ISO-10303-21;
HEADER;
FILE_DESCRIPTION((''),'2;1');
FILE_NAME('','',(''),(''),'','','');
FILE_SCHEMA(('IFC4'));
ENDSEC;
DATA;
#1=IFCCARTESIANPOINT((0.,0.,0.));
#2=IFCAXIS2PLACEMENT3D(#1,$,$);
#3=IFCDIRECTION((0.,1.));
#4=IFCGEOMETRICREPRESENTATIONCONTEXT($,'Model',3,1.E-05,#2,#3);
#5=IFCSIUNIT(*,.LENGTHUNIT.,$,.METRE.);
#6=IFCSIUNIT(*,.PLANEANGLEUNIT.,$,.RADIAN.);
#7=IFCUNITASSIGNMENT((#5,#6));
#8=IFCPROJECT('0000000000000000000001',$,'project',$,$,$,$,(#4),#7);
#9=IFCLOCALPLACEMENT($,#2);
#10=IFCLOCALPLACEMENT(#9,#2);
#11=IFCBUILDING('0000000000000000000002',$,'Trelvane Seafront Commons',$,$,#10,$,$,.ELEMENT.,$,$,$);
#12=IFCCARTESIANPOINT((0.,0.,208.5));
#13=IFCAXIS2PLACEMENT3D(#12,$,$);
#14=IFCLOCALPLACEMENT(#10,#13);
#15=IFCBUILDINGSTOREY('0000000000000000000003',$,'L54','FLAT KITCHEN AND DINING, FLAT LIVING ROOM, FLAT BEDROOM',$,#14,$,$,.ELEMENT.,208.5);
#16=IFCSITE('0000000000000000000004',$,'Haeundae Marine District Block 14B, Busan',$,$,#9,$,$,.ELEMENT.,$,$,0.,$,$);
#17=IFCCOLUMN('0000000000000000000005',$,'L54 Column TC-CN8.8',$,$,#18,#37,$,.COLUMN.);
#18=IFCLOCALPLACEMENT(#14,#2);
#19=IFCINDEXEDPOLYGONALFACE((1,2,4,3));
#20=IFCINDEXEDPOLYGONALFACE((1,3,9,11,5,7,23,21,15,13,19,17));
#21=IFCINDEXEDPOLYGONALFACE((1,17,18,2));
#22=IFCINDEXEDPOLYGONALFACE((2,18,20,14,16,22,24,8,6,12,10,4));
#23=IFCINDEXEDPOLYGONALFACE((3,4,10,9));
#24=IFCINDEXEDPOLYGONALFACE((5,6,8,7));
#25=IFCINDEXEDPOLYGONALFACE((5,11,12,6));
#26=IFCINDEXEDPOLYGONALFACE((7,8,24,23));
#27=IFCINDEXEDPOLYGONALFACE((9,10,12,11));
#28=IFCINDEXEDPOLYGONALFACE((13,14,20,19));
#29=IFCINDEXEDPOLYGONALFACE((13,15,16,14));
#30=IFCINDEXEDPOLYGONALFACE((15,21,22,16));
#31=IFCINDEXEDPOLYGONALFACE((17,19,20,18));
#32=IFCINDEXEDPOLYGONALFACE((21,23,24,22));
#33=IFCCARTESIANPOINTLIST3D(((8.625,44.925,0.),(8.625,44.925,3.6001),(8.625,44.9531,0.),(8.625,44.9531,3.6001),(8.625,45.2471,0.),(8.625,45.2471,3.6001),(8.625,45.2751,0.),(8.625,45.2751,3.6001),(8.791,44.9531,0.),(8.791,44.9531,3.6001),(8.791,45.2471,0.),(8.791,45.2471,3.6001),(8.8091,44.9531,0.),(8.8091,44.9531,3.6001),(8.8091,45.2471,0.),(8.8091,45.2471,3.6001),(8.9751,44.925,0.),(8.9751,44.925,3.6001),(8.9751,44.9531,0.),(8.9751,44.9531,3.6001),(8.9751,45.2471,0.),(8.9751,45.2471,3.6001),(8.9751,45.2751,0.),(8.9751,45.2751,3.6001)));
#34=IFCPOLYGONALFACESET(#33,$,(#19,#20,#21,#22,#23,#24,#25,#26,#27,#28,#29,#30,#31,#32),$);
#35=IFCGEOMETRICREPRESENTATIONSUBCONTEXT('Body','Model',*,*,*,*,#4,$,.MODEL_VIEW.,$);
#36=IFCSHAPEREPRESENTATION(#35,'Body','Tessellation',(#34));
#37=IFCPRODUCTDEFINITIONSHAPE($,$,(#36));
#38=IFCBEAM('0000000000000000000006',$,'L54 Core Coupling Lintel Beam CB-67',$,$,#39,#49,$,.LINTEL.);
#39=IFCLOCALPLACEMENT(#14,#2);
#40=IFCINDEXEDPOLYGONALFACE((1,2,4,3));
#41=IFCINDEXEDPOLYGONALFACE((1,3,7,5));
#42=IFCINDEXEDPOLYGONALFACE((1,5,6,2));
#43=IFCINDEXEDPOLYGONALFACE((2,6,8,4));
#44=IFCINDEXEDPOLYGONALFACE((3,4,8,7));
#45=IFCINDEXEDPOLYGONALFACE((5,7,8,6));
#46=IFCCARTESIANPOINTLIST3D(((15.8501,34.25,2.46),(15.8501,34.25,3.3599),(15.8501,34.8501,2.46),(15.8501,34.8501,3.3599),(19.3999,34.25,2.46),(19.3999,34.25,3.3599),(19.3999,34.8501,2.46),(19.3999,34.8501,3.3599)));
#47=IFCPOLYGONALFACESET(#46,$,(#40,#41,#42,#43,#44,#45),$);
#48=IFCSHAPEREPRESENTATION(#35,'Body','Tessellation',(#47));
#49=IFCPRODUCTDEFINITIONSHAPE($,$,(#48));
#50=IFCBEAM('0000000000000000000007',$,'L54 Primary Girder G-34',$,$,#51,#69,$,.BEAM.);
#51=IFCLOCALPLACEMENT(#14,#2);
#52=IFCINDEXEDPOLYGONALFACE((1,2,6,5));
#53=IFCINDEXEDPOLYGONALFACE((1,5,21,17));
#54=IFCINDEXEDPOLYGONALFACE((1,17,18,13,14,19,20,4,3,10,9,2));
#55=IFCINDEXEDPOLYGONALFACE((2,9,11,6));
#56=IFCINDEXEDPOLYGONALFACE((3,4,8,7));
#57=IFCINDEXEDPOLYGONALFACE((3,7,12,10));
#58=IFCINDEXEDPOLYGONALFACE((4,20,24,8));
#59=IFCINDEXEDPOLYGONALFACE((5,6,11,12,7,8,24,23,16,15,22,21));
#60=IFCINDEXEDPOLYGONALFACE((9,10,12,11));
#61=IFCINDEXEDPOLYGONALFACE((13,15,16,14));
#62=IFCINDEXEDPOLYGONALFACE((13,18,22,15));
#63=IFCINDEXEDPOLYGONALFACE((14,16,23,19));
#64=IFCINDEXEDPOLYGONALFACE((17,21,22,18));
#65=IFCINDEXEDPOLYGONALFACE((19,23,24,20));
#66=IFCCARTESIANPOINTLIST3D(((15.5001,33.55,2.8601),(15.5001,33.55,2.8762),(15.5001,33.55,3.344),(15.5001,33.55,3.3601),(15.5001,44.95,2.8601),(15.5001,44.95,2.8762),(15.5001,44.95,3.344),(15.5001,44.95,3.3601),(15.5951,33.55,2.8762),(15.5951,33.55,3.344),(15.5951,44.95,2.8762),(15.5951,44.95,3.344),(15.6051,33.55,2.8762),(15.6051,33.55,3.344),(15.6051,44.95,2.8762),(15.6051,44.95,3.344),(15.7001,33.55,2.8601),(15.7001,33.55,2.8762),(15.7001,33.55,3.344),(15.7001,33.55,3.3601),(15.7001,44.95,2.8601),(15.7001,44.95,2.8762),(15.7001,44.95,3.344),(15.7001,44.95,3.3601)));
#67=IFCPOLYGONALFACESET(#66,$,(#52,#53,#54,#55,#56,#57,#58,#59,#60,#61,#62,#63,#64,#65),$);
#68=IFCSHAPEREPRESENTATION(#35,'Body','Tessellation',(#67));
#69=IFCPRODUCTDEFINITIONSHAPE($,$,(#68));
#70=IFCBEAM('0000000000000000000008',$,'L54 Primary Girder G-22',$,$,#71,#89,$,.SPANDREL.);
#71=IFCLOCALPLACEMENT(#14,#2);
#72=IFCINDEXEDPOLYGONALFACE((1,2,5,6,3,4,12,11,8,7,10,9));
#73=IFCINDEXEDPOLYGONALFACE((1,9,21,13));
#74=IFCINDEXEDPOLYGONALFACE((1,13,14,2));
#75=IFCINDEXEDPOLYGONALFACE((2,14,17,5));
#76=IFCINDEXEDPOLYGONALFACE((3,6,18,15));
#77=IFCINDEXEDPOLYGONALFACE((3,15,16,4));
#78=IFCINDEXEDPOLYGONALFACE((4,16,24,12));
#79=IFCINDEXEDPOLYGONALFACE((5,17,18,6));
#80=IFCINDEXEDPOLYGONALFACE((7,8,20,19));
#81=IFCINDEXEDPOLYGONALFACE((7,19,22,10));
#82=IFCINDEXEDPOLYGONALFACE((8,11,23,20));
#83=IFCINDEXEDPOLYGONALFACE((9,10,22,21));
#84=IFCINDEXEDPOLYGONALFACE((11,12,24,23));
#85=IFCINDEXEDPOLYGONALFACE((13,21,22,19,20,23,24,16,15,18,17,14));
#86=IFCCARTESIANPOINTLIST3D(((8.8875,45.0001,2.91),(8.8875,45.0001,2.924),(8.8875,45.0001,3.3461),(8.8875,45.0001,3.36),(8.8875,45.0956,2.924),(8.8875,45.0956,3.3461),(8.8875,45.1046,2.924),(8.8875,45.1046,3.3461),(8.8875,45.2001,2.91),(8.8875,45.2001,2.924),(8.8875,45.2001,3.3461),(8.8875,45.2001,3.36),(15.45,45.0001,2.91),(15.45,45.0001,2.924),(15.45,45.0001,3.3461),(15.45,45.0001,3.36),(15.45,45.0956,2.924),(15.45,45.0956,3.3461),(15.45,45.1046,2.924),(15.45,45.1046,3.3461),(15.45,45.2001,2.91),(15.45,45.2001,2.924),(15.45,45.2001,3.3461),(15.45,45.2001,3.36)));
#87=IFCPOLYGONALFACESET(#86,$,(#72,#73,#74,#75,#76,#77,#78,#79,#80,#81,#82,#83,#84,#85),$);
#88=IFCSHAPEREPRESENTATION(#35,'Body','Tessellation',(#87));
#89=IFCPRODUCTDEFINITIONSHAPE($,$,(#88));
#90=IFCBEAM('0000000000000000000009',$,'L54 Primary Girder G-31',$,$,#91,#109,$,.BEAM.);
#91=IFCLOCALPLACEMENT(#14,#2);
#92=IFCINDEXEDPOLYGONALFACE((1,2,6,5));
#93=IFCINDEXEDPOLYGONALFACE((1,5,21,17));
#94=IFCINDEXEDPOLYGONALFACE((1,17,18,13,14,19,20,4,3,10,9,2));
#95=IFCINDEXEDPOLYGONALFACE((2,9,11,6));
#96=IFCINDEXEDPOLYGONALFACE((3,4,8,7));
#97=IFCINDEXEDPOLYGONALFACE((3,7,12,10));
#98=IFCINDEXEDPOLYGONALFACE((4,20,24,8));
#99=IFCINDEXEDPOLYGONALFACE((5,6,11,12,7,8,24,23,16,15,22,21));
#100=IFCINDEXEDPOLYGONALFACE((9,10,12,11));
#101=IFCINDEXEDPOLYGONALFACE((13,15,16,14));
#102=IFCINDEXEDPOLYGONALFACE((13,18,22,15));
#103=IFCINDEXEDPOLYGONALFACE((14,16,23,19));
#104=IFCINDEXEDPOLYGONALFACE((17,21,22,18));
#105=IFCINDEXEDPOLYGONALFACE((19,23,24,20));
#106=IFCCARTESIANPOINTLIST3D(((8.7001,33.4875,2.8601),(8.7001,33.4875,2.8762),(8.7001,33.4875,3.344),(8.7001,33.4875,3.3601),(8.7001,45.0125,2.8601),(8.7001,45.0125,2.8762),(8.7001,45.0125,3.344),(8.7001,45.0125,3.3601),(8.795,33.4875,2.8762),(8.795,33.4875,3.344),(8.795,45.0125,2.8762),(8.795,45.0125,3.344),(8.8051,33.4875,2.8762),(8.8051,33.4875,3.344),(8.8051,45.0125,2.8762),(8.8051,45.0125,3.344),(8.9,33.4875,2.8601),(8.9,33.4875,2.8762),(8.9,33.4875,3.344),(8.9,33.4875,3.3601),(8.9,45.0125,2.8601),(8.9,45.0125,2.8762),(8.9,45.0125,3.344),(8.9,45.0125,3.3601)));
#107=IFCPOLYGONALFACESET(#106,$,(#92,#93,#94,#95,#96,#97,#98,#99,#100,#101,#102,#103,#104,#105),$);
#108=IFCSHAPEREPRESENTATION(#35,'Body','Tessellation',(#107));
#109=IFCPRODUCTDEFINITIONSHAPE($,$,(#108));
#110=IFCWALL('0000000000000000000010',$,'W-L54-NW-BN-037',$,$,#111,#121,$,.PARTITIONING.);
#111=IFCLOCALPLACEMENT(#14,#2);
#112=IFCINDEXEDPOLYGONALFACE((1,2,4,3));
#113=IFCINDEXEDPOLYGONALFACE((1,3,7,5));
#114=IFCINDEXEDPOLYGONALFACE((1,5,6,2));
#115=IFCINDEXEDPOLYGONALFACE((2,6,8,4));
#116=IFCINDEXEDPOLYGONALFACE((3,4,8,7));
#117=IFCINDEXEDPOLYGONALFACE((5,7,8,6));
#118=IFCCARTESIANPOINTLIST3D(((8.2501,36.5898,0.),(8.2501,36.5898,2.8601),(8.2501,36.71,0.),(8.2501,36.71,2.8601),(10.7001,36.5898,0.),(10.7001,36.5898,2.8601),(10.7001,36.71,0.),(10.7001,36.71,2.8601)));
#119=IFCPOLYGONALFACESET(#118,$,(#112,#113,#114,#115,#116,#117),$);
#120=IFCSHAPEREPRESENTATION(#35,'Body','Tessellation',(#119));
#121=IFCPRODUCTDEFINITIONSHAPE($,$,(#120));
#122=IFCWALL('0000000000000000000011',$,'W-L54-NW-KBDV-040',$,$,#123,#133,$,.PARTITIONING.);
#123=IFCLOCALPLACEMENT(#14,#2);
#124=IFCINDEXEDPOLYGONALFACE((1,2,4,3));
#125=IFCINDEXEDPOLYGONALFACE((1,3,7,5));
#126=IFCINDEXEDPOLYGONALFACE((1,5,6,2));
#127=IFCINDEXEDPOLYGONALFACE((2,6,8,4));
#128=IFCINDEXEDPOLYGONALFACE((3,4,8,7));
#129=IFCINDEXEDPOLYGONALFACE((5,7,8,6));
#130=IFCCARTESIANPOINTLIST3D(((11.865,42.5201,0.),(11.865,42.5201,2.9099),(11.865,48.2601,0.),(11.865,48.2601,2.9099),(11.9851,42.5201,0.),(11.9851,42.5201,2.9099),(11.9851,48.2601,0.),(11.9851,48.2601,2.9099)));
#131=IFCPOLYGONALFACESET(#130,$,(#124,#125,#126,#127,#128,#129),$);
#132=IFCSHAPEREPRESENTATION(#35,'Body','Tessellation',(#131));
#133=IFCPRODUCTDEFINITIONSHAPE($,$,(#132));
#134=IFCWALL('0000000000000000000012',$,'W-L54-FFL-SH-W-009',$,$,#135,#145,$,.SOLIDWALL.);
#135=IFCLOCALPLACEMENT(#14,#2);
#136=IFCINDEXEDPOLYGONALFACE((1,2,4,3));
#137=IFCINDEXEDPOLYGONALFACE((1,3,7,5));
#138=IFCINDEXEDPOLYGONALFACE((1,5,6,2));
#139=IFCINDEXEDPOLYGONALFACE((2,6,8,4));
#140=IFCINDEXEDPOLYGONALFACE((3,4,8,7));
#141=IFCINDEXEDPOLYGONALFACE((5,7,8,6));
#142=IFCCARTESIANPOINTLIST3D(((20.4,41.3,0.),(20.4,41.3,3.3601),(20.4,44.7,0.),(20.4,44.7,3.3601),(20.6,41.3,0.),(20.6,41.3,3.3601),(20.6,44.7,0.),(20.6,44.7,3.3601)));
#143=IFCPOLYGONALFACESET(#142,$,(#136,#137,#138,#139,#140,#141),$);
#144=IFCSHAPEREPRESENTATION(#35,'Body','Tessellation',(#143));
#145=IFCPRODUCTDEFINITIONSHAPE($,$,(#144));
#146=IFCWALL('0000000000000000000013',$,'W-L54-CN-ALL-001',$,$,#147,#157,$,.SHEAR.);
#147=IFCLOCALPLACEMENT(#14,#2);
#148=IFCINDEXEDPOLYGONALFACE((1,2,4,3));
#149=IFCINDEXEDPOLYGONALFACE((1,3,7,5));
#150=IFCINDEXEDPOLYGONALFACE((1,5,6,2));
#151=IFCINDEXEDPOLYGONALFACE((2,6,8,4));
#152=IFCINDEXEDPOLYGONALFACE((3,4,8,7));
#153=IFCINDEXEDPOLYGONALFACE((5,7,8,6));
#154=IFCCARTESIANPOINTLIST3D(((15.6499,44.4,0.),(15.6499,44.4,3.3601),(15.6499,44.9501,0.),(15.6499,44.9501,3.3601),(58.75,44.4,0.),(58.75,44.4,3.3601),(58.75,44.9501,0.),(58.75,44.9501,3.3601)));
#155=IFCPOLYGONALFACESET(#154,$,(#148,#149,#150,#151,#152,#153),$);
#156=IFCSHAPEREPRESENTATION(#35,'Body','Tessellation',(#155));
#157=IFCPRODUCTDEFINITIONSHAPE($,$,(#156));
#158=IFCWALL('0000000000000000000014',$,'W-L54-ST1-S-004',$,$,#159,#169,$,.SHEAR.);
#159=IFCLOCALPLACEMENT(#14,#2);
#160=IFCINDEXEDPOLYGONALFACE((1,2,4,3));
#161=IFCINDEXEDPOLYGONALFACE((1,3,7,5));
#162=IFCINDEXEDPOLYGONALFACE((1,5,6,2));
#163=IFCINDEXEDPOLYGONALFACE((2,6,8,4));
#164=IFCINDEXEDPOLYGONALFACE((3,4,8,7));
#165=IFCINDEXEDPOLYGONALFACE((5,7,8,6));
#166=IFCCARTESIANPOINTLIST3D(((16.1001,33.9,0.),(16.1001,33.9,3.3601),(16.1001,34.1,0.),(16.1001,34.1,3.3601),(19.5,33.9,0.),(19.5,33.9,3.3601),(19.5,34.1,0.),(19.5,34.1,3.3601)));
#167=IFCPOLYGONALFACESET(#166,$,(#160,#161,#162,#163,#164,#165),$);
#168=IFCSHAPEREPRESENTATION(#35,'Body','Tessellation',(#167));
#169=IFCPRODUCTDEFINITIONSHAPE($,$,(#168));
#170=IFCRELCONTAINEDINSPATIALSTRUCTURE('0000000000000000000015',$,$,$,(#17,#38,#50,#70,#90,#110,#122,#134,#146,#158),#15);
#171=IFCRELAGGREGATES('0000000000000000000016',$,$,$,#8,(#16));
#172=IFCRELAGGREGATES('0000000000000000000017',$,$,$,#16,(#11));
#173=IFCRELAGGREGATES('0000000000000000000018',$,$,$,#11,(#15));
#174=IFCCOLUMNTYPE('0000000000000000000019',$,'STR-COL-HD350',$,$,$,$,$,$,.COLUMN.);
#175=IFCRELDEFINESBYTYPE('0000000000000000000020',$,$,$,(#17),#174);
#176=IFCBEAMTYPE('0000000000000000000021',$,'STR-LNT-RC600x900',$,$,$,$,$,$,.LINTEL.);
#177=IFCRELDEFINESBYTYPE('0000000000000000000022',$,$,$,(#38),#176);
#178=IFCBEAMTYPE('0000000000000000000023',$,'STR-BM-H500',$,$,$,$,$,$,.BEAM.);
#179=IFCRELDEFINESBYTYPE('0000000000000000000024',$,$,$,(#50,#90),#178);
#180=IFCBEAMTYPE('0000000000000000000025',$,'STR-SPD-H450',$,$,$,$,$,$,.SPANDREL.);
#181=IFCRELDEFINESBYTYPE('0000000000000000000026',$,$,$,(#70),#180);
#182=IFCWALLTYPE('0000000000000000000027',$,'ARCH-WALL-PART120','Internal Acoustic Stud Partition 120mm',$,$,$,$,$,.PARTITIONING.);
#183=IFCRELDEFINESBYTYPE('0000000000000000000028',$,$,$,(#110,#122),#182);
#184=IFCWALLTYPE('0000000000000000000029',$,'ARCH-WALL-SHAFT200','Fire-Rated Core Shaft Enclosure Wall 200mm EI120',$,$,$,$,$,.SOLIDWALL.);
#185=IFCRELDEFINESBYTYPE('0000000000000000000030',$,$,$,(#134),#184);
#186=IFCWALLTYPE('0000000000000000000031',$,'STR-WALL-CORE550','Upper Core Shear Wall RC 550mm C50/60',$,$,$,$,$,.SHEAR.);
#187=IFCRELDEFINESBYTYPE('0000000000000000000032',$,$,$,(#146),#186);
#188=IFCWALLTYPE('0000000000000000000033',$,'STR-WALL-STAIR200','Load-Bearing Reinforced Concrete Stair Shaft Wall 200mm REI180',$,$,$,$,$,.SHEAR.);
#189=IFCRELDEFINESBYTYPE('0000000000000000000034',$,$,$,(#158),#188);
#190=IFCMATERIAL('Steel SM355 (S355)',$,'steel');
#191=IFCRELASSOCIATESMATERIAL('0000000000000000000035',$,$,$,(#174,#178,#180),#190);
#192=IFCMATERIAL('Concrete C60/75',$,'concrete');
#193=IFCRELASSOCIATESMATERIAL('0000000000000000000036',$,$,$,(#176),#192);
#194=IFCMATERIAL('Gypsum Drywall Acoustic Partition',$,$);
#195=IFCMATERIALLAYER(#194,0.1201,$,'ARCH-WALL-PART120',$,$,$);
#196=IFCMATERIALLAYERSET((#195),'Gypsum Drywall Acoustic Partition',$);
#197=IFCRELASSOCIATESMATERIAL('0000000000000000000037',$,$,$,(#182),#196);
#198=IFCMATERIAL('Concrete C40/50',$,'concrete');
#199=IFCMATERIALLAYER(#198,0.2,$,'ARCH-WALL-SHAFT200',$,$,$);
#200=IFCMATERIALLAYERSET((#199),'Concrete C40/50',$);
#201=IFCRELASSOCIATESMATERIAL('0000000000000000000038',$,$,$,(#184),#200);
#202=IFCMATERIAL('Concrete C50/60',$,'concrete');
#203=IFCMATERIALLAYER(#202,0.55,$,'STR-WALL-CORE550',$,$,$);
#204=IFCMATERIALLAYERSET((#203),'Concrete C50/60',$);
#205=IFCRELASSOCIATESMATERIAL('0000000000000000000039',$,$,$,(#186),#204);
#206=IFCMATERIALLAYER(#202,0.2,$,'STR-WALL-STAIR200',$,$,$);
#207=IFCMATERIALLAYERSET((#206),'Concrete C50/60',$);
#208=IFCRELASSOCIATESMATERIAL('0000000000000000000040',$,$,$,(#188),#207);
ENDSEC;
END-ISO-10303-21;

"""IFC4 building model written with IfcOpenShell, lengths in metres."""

from ifc_helpers import new_model, si_unit, direction, frame, frame_2d, origin, origin_2d, place, context, subcontext, project, spatial, rectangle, i_section, extrude, source, transform, mapped, material, layer, layer_set, material_profile, profile_set, type_object, element, save


model = new_model("IFC4")

# Units and contexts
model_context = context("Model", 3, precision=1e-05, world=origin(), true_north=direction((0.0, 1.0)))
body_context = subcontext(model_context, "Body", "Model", "MODEL_VIEW")
ifc_project = project(units=[si_unit("LENGTHUNIT", "METRE"), si_unit("PLANEANGLEUNIT", "RADIAN")], contexts=[model_context])

# Site, building, storey
site_placement = place(None, origin())
site = spatial("IfcSite", under=ifc_project, at=site_placement, Name="Haeundae Marine District Block 14B, Busan", CompositionType="ELEMENT", RefElevation=0.0)
building_placement = place(site_placement, origin())
building = spatial("IfcBuilding", under=site, at=building_placement, Name="Trelvane Seafront Commons", CompositionType="ELEMENT")
storey_placement = place(building_placement, frame((0.0, 0.0, 208.5)))
storey = spatial("IfcBuildingStorey", under=building, at=storey_placement, Name="L54", Description="FLAT KITCHEN AND DINING, FLAT LIVING ROOM, FLAT BEDROOM", CompositionType="ELEMENT", Elevation=208.5)

# Column
ifc_material_1 = material(Name="Steel SM355 (S355)", Category="steel")
ifc_material_profile_1 = material_profile(ifc_material_1, i_section(OverallWidth=0.3501, OverallDepth=0.3501, WebThickness=0.0181, FlangeThickness=0.0281, at=origin_2d()), Name="HD-350x350x18x28")
ifc_profile_set_1 = profile_set([ifc_material_profile_1], Name="Steel SM355 (S355)")
column_type = type_object("IfcColumnType", Name="STR-COL-HD350", PredefinedType="COLUMN", material=ifc_profile_set_1)
shared_shape_1 = source(origin(), body_context, "Body", "SweptSolid", [
    extrude(i_section(OverallWidth=0.3501, OverallDepth=0.3501, WebThickness=0.0181, FlangeThickness=0.0281, at=origin_2d()), origin(), (0.0, 0.0, 1.0), 3.6001),
])
column_placement = place(storey_placement, frame((8.8, 45.1001, 0.0), z_axis=(0.0, 0.0, 1.0), x_axis=(1.0, 0.0, 0.0)))
element("IfcColumn", 1, at=column_placement, inside=storey, type_object=column_type, Name="L54 Column TC-CN8.8", PredefinedType="COLUMN", context=body_context, shape_type="MappedRepresentation", body=[
    mapped(shared_shape_1, transform((0.0, 0.0, 0.0), x_axis=(1.0, 0.0, 0.0), y_axis=(0.0, 1.0, 0.0), z_axis=(0.0, 0.0, 1.0), scale=1.0)),
])

# Beams
ifc_material_2 = material(Name="Concrete C60/75", Category="concrete")
ifc_material_profile_2 = material_profile(ifc_material_2, rectangle(XDim=0.6001, YDim=0.8999, at=origin_2d()), Name="RC-600x900")
ifc_profile_set_2 = profile_set([ifc_material_profile_2], Name="Concrete C60/75")
beam_type_1 = type_object("IfcBeamType", Name="STR-LNT-RC600x900", PredefinedType="LINTEL", material=ifc_profile_set_2)
shared_shape_2 = source(origin(), body_context, "Body", "SweptSolid", [
    extrude(rectangle(XDim=0.6001, YDim=0.8999, at=origin_2d()), origin(), (0.0, 0.0, 1.0), 3.5498),
])
beam_1_placement = place(storey_placement, frame((15.8501, 34.55, 2.9099), z_axis=(1.0, 0.0, 0.0), x_axis=(0.0, 1.0, 0.0)))
element("IfcBeam", 2, at=beam_1_placement, inside=storey, type_object=beam_type_1, Name="L54 Core Coupling Lintel Beam CB-67", PredefinedType="LINTEL", context=body_context, shape_type="MappedRepresentation", body=[
    mapped(shared_shape_2, transform((0.0, 0.0, 0.0), x_axis=(1.0, 0.0, 0.0), y_axis=(0.0, 1.0, 0.0), z_axis=(0.0, 0.0, 1.0), scale=1.0)),
])
ifc_material_profile_3 = material_profile(ifc_material_1, i_section(OverallWidth=0.2, OverallDepth=0.5, WebThickness=0.01, FlangeThickness=0.0161, at=origin_2d()), Name="H-500x200x10x16")
ifc_profile_set_3 = profile_set([ifc_material_profile_3], Name="Steel SM355 (S355)")
beam_type_2 = type_object("IfcBeamType", Name="STR-BM-H500", PredefinedType="BEAM", material=ifc_profile_set_3)
shared_shape_3 = source(origin(), body_context, "Body", "SweptSolid", [
    extrude(i_section(OverallWidth=0.2, OverallDepth=0.5, WebThickness=0.01, FlangeThickness=0.0161, at=origin_2d()), origin(), (0.0, 0.0, 1.0), 11.3999),
])
beam_2_placement = place(storey_placement, frame((15.6001, 33.55, 3.1101), z_axis=(0.0, 1.0, 0.0), x_axis=(-1.0, 0.0, 0.0)))
element("IfcBeam", 3, at=beam_2_placement, inside=storey, type_object=beam_type_2, Name="L54 Primary Girder G-34", PredefinedType="BEAM", context=body_context, shape_type="MappedRepresentation", body=[
    mapped(shared_shape_3, transform((0.0, 0.0, 0.0), x_axis=(1.0, 0.0, 0.0), y_axis=(0.0, 1.0, 0.0), z_axis=(0.0, 0.0, 1.0), scale=1.0)),
])
ifc_material_profile_4 = material_profile(ifc_material_1, i_section(OverallWidth=0.2, OverallDepth=0.45, WebThickness=0.009, FlangeThickness=0.0139, at=origin_2d()), Name="H-450x200x9x14")
ifc_profile_set_4 = profile_set([ifc_material_profile_4], Name="Steel SM355 (S355)")
beam_type_3 = type_object("IfcBeamType", Name="STR-SPD-H450", PredefinedType="SPANDREL", material=ifc_profile_set_4)
shared_shape_4 = source(origin(), body_context, "Body", "SweptSolid", [
    extrude(i_section(OverallWidth=0.2, OverallDepth=0.45, WebThickness=0.009, FlangeThickness=0.0139, at=origin_2d()), origin(), (0.0, 0.0, 1.0), 6.5625),
])
beam_3_placement = place(storey_placement, frame((8.8875, 45.1001, 3.135), z_axis=(1.0, 0.0, 0.0), x_axis=(0.0, 1.0, 0.0)))
element("IfcBeam", 4, at=beam_3_placement, inside=storey, type_object=beam_type_3, Name="L54 Primary Girder G-22", PredefinedType="SPANDREL", context=body_context, shape_type="MappedRepresentation", body=[
    mapped(shared_shape_4, transform((0.0, 0.0, 0.0), x_axis=(1.0, 0.0, 0.0), y_axis=(0.0, 1.0, 0.0), z_axis=(0.0, 0.0, 1.0), scale=1.0)),
])
shared_shape_5 = source(origin(), body_context, "Body", "SweptSolid", [
    extrude(i_section(OverallWidth=0.2, OverallDepth=0.5, WebThickness=0.01, FlangeThickness=0.0161, at=origin_2d()), origin(), (0.0, 0.0, 1.0), 11.5249),
])
beam_4_placement = place(storey_placement, frame((8.8, 33.4875, 3.1101), z_axis=(0.0, 1.0, 0.0), x_axis=(-1.0, 0.0, 0.0)))
element("IfcBeam", 5, at=beam_4_placement, inside=storey, type_object=beam_type_2, Name="L54 Primary Girder G-31", PredefinedType="BEAM", context=body_context, shape_type="MappedRepresentation", body=[
    mapped(shared_shape_5, transform((0.0, 0.0, 0.0), x_axis=(1.0, 0.0, 0.0), y_axis=(0.0, 1.0, 0.0), z_axis=(0.0, 0.0, 1.0), scale=1.0)),
])

# Wall
ifc_material_3 = material(Name="Gypsum Drywall Acoustic Partition")
ifc_layer_1 = layer(ifc_material_3, 0.1201, Name="ARCH-WALL-PART120")
ifc_layer_set_1 = layer_set([ifc_layer_1], Name="Gypsum Drywall Acoustic Partition")
wall_type_1 = type_object("IfcWallType", Name="ARCH-WALL-PART120", Description="Internal Acoustic Stud Partition 120mm", PredefinedType="PARTITIONING", material=ifc_layer_set_1)
wall_1_placement = place(storey_placement, frame((8.25, 36.6499, 0.0), z_axis=(0.0, 0.0, 1.0), x_axis=(1.0, 0.0, 0.0)))
element("IfcWall", 6, at=wall_1_placement, inside=storey, type_object=wall_type_1, Name="W-L54-NW-BN-037", PredefinedType="PARTITIONING", context=body_context, shape_type="SweptSolid", body=[
    extrude(rectangle(XDim=2.45, YDim=0.1201, at=frame_2d((1.2251, 0.0))), origin(), (0.0, 0.0, 1.0), 2.8601),
])

# Wall
wall_2_placement = place(storey_placement, frame((11.925, 42.52, 0.0), z_axis=(0.0, 0.0, 1.0), x_axis=(0.0, 1.0, 0.0)))
element("IfcWall", 7, at=wall_2_placement, inside=storey, type_object=wall_type_1, Name="W-L54-NW-KBDV-040", PredefinedType="PARTITIONING", context=body_context, shape_type="SweptSolid", body=[
    extrude(rectangle(XDim=5.74, YDim=0.1201, at=frame_2d((2.8701, 0.0))), origin(), (0.0, 0.0, 1.0), 2.9099),
])

# Shared definitions
ifc_material_4 = material(Name="Concrete C40/50", Category="concrete")
ifc_layer_2 = layer(ifc_material_4, 0.2, Name="ARCH-WALL-SHAFT200")
ifc_layer_set_2 = layer_set([ifc_layer_2], Name="Concrete C40/50")
wall_type_2 = type_object("IfcWallType", Name="ARCH-WALL-SHAFT200", Description="Fire-Rated Core Shaft Enclosure Wall 200mm EI120", PredefinedType="SOLIDWALL", material=ifc_layer_set_2)

# Walls
wall_3_placement = place(storey_placement, frame((20.5, 41.3, 0.0), z_axis=(0.0, 0.0, 1.0), x_axis=(0.0, 1.0, 0.0)))
element("IfcWall", 8, at=wall_3_placement, inside=storey, type_object=wall_type_2, Name="W-L54-FFL-SH-W-009", PredefinedType="SOLIDWALL", context=body_context, shape_type="SweptSolid", body=[
    extrude(rectangle(XDim=3.3999, YDim=0.2, at=frame_2d((1.7, 0.0))), origin(), (0.0, 0.0, 1.0), 3.3601),
])
ifc_material_5 = material(Name="Concrete C50/60", Category="concrete")
ifc_layer_3 = layer(ifc_material_5, 0.55, Name="STR-WALL-CORE550")
ifc_layer_set_3 = layer_set([ifc_layer_3], Name="Concrete C50/60")
wall_type_3 = type_object("IfcWallType", Name="STR-WALL-CORE550", Description="Upper Core Shear Wall RC 550mm C50/60", PredefinedType="SHEAR", material=ifc_layer_set_3)
wall_4_placement = place(storey_placement, frame((15.6499, 44.675, 0.0), z_axis=(0.0, 0.0, 1.0), x_axis=(1.0, 0.0, 0.0)))
element("IfcWall", 9, at=wall_4_placement, inside=storey, type_object=wall_type_3, Name="W-L54-CN-ALL-001", PredefinedType="SHEAR", context=body_context, shape_type="SweptSolid", body=[
    extrude(rectangle(XDim=43.1001, YDim=0.55, at=frame_2d((21.55, 0.0))), origin(), (0.0, 0.0, 1.0), 3.3601),
])
ifc_layer_4 = layer(ifc_material_5, 0.2, Name="STR-WALL-STAIR200")
ifc_layer_set_4 = layer_set([ifc_layer_4], Name="Concrete C50/60")
wall_type_4 = type_object("IfcWallType", Name="STR-WALL-STAIR200", Description="Load-Bearing Reinforced Concrete Stair Shaft Wall 200mm REI180", PredefinedType="SHEAR", material=ifc_layer_set_4)
wall_5_placement = place(storey_placement, frame((16.1001, 34.0, 0.0), z_axis=(0.0, 0.0, 1.0), x_axis=(1.0, 0.0, 0.0)))
element("IfcWall", 10, at=wall_5_placement, inside=storey, type_object=wall_type_4, Name="W-L54-ST1-S-004", PredefinedType="SHEAR", context=body_context, shape_type="SweptSolid", body=[
    extrude(rectangle(XDim=3.3999, YDim=0.2, at=frame_2d((1.7, 0.0))), origin(), (0.0, 0.0, 1.0), 3.3601),
])

save(model, "model.ifc")
